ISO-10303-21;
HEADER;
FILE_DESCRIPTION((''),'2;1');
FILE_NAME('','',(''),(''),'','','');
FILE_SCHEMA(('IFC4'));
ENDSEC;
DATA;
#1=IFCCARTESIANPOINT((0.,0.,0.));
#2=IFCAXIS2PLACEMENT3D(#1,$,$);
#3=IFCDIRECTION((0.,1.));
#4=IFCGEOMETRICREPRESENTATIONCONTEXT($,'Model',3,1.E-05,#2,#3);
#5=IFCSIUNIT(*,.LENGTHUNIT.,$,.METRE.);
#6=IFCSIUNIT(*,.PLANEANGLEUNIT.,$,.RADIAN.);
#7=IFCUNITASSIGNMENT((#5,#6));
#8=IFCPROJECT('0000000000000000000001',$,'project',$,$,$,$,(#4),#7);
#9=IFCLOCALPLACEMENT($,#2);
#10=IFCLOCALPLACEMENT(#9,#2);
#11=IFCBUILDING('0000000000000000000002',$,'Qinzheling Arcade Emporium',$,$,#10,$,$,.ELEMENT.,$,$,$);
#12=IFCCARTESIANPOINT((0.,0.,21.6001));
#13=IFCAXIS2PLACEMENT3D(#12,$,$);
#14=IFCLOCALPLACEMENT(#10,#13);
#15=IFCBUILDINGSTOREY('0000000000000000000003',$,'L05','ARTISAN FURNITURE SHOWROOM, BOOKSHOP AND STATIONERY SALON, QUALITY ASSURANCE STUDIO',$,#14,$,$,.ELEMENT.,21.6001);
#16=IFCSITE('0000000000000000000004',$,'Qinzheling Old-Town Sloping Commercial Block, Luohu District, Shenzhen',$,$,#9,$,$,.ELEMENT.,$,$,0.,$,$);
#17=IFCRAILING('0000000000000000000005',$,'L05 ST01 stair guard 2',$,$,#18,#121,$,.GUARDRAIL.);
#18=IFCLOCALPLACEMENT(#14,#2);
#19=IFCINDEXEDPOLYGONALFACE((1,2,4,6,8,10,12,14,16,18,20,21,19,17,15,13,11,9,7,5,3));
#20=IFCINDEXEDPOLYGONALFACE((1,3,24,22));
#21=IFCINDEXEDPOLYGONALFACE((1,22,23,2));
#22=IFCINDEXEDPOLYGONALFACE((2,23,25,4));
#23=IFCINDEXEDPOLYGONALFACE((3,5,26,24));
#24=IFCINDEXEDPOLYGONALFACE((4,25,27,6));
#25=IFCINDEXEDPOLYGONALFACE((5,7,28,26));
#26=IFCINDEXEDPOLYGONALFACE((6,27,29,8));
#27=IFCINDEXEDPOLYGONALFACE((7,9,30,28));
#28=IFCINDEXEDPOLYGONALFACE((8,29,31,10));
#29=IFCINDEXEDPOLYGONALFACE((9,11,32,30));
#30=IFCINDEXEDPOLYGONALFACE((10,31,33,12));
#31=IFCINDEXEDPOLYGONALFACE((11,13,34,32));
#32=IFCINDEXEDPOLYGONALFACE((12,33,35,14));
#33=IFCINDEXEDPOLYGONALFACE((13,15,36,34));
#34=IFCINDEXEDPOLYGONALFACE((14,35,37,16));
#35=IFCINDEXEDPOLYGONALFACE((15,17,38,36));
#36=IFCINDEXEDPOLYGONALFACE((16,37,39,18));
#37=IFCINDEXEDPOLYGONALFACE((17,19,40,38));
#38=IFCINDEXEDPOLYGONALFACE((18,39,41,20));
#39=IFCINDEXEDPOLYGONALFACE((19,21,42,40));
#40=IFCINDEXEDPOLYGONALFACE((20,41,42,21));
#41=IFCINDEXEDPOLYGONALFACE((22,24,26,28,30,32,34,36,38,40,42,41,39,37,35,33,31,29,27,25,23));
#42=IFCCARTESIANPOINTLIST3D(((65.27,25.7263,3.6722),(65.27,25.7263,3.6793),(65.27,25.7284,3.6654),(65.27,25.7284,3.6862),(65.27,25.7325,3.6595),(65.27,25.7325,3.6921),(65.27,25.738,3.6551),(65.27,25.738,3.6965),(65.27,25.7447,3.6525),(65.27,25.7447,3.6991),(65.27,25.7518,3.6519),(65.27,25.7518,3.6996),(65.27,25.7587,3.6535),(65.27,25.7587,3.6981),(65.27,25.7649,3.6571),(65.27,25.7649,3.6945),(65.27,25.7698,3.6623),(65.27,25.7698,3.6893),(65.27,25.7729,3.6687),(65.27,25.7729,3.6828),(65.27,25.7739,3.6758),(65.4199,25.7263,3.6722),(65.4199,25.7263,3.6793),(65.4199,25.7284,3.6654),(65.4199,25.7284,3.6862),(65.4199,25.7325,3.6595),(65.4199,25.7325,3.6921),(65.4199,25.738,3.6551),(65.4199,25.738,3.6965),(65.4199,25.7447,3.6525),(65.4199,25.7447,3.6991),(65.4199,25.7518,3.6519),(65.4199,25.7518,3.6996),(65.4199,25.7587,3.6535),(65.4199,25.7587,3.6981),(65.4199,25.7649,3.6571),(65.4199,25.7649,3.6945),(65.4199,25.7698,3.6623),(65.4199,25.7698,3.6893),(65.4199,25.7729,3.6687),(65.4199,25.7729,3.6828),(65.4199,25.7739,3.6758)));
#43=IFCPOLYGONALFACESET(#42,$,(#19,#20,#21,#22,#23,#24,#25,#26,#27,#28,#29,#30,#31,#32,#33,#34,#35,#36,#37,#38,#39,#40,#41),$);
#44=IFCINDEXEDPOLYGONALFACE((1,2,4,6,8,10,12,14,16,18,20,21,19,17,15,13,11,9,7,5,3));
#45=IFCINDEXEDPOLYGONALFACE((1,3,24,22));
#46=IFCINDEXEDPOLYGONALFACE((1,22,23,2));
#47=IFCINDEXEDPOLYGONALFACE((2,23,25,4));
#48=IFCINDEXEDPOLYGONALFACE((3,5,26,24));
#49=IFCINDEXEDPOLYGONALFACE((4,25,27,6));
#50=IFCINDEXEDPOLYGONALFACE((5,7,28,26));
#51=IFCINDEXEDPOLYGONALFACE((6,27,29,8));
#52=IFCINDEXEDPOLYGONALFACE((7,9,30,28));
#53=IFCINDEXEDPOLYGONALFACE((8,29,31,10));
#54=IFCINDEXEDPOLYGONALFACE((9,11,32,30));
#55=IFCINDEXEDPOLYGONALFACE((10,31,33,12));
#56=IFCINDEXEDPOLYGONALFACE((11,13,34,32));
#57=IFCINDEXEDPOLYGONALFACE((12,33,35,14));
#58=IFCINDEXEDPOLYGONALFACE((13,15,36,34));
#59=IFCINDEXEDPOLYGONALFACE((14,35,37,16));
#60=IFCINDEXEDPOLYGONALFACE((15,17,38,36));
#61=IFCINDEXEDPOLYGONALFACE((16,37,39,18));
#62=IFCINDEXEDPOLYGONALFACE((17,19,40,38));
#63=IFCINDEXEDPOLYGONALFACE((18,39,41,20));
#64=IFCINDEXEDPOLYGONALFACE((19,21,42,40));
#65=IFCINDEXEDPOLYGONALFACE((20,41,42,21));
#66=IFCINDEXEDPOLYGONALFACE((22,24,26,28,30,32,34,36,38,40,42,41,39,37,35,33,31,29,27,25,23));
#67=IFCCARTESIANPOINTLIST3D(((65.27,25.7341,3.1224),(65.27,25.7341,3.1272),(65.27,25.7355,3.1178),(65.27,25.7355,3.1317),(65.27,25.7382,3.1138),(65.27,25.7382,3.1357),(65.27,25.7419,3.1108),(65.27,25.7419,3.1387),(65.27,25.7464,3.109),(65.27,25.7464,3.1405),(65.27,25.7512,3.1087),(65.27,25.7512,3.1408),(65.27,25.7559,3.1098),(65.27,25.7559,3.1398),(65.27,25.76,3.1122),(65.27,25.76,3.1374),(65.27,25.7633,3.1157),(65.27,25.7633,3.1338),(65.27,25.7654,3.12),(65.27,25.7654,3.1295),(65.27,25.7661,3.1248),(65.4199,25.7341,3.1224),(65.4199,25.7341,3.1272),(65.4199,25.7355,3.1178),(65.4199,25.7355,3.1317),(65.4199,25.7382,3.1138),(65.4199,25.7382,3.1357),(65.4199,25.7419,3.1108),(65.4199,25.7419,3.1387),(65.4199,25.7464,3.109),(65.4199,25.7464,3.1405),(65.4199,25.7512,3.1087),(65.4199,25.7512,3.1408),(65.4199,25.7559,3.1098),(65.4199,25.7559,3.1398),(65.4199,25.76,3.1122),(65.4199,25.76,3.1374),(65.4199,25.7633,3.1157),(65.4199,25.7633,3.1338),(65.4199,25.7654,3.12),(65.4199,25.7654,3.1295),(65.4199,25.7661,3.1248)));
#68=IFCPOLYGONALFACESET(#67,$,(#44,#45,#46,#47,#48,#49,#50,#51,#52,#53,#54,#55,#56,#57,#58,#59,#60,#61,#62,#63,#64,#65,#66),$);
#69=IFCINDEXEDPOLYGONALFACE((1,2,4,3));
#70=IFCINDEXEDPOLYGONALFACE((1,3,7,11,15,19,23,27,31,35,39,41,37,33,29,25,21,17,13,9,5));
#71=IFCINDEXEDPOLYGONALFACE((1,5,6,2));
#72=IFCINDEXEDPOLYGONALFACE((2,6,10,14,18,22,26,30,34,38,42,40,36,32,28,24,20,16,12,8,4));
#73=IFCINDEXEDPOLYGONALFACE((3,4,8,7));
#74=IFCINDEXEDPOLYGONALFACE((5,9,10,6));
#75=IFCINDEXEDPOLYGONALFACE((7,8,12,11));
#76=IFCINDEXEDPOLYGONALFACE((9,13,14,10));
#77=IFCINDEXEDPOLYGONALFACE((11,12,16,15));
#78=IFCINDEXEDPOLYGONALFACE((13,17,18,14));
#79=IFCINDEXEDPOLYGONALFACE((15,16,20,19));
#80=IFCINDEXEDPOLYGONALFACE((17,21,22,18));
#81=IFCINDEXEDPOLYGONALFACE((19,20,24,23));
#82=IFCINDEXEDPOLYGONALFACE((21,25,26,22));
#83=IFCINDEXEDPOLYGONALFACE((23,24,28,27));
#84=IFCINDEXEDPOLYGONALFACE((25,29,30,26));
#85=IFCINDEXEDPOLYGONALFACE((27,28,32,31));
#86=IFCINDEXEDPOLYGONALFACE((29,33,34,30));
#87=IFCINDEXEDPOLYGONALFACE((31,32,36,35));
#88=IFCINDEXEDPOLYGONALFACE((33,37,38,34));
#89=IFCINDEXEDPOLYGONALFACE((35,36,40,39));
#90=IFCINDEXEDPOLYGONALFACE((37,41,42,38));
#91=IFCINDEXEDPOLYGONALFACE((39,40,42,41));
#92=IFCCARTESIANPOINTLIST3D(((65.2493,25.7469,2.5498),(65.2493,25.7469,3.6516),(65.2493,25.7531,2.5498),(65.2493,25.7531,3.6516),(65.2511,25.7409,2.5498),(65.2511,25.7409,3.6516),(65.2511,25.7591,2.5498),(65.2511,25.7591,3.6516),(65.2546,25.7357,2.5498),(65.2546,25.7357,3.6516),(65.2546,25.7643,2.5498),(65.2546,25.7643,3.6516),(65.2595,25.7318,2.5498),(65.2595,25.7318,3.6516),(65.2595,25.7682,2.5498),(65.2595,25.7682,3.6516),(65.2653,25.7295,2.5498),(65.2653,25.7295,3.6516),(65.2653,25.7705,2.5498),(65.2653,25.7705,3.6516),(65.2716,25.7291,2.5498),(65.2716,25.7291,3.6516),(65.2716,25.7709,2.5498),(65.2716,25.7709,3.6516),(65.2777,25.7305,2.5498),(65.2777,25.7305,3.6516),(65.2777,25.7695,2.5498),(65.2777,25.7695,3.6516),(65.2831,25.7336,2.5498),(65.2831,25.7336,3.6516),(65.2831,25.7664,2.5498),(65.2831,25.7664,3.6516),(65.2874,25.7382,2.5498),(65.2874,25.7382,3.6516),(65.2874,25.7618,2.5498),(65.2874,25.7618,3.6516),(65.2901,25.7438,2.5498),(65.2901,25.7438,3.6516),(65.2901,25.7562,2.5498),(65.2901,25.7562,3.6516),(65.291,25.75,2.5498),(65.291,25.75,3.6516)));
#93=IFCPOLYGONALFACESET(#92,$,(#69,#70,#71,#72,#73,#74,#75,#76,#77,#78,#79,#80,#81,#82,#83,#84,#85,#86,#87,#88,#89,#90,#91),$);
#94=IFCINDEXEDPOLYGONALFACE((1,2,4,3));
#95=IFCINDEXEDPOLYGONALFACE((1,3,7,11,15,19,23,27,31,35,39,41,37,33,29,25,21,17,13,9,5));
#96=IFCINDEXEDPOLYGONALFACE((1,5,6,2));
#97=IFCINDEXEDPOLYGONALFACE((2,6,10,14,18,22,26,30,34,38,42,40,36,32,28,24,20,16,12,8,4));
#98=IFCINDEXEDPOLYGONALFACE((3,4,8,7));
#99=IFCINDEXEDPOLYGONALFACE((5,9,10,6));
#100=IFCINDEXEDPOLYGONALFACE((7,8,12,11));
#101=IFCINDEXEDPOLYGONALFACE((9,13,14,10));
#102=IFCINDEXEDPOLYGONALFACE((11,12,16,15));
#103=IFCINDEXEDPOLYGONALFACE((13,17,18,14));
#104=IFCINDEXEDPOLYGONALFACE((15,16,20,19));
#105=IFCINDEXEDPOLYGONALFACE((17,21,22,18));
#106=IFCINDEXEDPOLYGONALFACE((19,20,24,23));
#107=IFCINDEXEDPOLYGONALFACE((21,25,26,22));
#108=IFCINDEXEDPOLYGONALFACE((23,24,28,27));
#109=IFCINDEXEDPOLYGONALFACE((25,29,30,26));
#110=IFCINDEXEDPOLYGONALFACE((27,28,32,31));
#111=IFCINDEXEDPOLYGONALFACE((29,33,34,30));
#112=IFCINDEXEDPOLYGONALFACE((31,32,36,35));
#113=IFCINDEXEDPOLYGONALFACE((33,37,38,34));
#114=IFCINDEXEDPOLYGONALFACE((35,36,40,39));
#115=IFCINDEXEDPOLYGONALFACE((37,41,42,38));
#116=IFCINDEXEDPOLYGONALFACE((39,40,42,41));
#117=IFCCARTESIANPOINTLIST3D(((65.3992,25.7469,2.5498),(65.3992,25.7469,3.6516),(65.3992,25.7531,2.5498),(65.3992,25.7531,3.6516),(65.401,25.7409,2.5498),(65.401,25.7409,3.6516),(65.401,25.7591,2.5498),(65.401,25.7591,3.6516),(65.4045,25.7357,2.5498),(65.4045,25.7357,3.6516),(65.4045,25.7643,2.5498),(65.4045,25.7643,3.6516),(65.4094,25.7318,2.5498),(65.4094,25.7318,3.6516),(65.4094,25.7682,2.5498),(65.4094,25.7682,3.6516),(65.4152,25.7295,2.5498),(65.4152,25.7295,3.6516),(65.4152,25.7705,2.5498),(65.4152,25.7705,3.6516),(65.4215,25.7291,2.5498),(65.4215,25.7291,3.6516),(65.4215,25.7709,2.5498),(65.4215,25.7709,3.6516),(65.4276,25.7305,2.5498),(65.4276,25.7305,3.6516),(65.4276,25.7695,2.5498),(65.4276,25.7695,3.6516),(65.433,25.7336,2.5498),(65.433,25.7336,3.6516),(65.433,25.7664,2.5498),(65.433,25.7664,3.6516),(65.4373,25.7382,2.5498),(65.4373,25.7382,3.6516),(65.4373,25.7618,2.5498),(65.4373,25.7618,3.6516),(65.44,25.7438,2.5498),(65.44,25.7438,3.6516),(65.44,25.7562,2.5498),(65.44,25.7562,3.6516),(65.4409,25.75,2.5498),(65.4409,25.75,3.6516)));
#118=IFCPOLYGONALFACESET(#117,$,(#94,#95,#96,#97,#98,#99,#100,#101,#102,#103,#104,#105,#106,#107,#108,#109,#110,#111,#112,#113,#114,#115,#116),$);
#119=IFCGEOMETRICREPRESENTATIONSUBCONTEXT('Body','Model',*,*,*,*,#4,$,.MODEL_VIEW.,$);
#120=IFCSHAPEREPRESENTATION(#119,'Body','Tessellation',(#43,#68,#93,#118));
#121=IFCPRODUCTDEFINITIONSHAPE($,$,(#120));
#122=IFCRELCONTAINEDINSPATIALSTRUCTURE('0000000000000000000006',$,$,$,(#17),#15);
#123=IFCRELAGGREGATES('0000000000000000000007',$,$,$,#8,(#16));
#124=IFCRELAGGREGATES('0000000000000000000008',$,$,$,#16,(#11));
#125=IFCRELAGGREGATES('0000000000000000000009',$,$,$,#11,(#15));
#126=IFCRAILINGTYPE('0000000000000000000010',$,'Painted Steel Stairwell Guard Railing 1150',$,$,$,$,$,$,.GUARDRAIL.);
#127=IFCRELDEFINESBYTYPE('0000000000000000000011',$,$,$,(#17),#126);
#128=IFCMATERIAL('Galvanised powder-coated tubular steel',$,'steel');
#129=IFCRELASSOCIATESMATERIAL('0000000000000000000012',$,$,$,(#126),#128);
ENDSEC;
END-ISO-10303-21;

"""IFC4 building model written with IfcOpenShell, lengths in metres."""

from ifc_helpers import new_model, si_unit, direction, frame, origin, origin_2d, place, context, subcontext, project, spatial, circle, extrude, material, type_object, element, save


model = new_model("IFC4")

# Units and contexts
model_context = context("Model", 3, precision=1e-05, world=origin(), true_north=direction((0.0, 1.0)))
body_context = subcontext(model_context, "Body", "Model", "MODEL_VIEW")
ifc_project = project(units=[si_unit("LENGTHUNIT", "METRE"), si_unit("PLANEANGLEUNIT", "RADIAN")], contexts=[model_context])

# Site, building, storey
site_placement = place(None, origin())
site = spatial("IfcSite", under=ifc_project, at=site_placement, Name="Qinzheling Old-Town Sloping Commercial Block, Luohu District, Shenzhen", CompositionType="ELEMENT", RefElevation=0.0)
building_placement = place(site_placement, origin())
building = spatial("IfcBuilding", under=site, at=building_placement, Name="Qinzheling Arcade Emporium", CompositionType="ELEMENT")
storey_placement = place(building_placement, frame((0.0, 0.0, 21.6001)))
storey = spatial("IfcBuildingStorey", under=building, at=storey_placement, Name="L05", Description="ARTISAN FURNITURE SHOWROOM, BOOKSHOP AND STATIONERY SALON, QUALITY ASSURANCE STUDIO", CompositionType="ELEMENT", Elevation=21.6001)

# Railing
ifc_material_1 = material(Name="Galvanised powder-coated tubular steel", Category="steel")
railing_type_1 = type_object("IfcRailingType", Name="Painted Steel Stairwell Guard Railing 1150", PredefinedType="GUARDRAIL", material=ifc_material_1)
railing_1_placement = place(storey_placement, frame((65.27, 25.75, 2.5498)))
element("IfcRailing", 1, at=railing_1_placement, inside=storey, type_object=railing_type_1, Name="L05 ST01 stair guard 2", PredefinedType="GUARDRAIL", context=body_context, shape_type="SweptSolid", body=[
    extrude(circle(Radius=0.0239, at=origin_2d()), frame((0.0, 0.0, 1.126), z_axis=(1.0, 0.0, 0.0), x_axis=(0.0, 1.0, 0.0)), (0.0, 0.0, 1.0), 0.1499),
    extrude(circle(Radius=0.0161, at=origin_2d()), frame((0.0, 0.0, 0.575), z_axis=(1.0, 0.0, 0.0), x_axis=(0.0, 1.0, 0.0)), (0.0, 0.0, 1.0), 0.1499),
    extrude(circle(Radius=0.021, at=origin_2d()), origin(), (0.0, 0.0, 1.0), 1.1018),
    extrude(circle(Radius=0.021, at=origin_2d()), frame((0.1499, 0.0, 0.0)), (0.0, 0.0, 1.0), 1.1018),
])

save(model, "model.ifc")
